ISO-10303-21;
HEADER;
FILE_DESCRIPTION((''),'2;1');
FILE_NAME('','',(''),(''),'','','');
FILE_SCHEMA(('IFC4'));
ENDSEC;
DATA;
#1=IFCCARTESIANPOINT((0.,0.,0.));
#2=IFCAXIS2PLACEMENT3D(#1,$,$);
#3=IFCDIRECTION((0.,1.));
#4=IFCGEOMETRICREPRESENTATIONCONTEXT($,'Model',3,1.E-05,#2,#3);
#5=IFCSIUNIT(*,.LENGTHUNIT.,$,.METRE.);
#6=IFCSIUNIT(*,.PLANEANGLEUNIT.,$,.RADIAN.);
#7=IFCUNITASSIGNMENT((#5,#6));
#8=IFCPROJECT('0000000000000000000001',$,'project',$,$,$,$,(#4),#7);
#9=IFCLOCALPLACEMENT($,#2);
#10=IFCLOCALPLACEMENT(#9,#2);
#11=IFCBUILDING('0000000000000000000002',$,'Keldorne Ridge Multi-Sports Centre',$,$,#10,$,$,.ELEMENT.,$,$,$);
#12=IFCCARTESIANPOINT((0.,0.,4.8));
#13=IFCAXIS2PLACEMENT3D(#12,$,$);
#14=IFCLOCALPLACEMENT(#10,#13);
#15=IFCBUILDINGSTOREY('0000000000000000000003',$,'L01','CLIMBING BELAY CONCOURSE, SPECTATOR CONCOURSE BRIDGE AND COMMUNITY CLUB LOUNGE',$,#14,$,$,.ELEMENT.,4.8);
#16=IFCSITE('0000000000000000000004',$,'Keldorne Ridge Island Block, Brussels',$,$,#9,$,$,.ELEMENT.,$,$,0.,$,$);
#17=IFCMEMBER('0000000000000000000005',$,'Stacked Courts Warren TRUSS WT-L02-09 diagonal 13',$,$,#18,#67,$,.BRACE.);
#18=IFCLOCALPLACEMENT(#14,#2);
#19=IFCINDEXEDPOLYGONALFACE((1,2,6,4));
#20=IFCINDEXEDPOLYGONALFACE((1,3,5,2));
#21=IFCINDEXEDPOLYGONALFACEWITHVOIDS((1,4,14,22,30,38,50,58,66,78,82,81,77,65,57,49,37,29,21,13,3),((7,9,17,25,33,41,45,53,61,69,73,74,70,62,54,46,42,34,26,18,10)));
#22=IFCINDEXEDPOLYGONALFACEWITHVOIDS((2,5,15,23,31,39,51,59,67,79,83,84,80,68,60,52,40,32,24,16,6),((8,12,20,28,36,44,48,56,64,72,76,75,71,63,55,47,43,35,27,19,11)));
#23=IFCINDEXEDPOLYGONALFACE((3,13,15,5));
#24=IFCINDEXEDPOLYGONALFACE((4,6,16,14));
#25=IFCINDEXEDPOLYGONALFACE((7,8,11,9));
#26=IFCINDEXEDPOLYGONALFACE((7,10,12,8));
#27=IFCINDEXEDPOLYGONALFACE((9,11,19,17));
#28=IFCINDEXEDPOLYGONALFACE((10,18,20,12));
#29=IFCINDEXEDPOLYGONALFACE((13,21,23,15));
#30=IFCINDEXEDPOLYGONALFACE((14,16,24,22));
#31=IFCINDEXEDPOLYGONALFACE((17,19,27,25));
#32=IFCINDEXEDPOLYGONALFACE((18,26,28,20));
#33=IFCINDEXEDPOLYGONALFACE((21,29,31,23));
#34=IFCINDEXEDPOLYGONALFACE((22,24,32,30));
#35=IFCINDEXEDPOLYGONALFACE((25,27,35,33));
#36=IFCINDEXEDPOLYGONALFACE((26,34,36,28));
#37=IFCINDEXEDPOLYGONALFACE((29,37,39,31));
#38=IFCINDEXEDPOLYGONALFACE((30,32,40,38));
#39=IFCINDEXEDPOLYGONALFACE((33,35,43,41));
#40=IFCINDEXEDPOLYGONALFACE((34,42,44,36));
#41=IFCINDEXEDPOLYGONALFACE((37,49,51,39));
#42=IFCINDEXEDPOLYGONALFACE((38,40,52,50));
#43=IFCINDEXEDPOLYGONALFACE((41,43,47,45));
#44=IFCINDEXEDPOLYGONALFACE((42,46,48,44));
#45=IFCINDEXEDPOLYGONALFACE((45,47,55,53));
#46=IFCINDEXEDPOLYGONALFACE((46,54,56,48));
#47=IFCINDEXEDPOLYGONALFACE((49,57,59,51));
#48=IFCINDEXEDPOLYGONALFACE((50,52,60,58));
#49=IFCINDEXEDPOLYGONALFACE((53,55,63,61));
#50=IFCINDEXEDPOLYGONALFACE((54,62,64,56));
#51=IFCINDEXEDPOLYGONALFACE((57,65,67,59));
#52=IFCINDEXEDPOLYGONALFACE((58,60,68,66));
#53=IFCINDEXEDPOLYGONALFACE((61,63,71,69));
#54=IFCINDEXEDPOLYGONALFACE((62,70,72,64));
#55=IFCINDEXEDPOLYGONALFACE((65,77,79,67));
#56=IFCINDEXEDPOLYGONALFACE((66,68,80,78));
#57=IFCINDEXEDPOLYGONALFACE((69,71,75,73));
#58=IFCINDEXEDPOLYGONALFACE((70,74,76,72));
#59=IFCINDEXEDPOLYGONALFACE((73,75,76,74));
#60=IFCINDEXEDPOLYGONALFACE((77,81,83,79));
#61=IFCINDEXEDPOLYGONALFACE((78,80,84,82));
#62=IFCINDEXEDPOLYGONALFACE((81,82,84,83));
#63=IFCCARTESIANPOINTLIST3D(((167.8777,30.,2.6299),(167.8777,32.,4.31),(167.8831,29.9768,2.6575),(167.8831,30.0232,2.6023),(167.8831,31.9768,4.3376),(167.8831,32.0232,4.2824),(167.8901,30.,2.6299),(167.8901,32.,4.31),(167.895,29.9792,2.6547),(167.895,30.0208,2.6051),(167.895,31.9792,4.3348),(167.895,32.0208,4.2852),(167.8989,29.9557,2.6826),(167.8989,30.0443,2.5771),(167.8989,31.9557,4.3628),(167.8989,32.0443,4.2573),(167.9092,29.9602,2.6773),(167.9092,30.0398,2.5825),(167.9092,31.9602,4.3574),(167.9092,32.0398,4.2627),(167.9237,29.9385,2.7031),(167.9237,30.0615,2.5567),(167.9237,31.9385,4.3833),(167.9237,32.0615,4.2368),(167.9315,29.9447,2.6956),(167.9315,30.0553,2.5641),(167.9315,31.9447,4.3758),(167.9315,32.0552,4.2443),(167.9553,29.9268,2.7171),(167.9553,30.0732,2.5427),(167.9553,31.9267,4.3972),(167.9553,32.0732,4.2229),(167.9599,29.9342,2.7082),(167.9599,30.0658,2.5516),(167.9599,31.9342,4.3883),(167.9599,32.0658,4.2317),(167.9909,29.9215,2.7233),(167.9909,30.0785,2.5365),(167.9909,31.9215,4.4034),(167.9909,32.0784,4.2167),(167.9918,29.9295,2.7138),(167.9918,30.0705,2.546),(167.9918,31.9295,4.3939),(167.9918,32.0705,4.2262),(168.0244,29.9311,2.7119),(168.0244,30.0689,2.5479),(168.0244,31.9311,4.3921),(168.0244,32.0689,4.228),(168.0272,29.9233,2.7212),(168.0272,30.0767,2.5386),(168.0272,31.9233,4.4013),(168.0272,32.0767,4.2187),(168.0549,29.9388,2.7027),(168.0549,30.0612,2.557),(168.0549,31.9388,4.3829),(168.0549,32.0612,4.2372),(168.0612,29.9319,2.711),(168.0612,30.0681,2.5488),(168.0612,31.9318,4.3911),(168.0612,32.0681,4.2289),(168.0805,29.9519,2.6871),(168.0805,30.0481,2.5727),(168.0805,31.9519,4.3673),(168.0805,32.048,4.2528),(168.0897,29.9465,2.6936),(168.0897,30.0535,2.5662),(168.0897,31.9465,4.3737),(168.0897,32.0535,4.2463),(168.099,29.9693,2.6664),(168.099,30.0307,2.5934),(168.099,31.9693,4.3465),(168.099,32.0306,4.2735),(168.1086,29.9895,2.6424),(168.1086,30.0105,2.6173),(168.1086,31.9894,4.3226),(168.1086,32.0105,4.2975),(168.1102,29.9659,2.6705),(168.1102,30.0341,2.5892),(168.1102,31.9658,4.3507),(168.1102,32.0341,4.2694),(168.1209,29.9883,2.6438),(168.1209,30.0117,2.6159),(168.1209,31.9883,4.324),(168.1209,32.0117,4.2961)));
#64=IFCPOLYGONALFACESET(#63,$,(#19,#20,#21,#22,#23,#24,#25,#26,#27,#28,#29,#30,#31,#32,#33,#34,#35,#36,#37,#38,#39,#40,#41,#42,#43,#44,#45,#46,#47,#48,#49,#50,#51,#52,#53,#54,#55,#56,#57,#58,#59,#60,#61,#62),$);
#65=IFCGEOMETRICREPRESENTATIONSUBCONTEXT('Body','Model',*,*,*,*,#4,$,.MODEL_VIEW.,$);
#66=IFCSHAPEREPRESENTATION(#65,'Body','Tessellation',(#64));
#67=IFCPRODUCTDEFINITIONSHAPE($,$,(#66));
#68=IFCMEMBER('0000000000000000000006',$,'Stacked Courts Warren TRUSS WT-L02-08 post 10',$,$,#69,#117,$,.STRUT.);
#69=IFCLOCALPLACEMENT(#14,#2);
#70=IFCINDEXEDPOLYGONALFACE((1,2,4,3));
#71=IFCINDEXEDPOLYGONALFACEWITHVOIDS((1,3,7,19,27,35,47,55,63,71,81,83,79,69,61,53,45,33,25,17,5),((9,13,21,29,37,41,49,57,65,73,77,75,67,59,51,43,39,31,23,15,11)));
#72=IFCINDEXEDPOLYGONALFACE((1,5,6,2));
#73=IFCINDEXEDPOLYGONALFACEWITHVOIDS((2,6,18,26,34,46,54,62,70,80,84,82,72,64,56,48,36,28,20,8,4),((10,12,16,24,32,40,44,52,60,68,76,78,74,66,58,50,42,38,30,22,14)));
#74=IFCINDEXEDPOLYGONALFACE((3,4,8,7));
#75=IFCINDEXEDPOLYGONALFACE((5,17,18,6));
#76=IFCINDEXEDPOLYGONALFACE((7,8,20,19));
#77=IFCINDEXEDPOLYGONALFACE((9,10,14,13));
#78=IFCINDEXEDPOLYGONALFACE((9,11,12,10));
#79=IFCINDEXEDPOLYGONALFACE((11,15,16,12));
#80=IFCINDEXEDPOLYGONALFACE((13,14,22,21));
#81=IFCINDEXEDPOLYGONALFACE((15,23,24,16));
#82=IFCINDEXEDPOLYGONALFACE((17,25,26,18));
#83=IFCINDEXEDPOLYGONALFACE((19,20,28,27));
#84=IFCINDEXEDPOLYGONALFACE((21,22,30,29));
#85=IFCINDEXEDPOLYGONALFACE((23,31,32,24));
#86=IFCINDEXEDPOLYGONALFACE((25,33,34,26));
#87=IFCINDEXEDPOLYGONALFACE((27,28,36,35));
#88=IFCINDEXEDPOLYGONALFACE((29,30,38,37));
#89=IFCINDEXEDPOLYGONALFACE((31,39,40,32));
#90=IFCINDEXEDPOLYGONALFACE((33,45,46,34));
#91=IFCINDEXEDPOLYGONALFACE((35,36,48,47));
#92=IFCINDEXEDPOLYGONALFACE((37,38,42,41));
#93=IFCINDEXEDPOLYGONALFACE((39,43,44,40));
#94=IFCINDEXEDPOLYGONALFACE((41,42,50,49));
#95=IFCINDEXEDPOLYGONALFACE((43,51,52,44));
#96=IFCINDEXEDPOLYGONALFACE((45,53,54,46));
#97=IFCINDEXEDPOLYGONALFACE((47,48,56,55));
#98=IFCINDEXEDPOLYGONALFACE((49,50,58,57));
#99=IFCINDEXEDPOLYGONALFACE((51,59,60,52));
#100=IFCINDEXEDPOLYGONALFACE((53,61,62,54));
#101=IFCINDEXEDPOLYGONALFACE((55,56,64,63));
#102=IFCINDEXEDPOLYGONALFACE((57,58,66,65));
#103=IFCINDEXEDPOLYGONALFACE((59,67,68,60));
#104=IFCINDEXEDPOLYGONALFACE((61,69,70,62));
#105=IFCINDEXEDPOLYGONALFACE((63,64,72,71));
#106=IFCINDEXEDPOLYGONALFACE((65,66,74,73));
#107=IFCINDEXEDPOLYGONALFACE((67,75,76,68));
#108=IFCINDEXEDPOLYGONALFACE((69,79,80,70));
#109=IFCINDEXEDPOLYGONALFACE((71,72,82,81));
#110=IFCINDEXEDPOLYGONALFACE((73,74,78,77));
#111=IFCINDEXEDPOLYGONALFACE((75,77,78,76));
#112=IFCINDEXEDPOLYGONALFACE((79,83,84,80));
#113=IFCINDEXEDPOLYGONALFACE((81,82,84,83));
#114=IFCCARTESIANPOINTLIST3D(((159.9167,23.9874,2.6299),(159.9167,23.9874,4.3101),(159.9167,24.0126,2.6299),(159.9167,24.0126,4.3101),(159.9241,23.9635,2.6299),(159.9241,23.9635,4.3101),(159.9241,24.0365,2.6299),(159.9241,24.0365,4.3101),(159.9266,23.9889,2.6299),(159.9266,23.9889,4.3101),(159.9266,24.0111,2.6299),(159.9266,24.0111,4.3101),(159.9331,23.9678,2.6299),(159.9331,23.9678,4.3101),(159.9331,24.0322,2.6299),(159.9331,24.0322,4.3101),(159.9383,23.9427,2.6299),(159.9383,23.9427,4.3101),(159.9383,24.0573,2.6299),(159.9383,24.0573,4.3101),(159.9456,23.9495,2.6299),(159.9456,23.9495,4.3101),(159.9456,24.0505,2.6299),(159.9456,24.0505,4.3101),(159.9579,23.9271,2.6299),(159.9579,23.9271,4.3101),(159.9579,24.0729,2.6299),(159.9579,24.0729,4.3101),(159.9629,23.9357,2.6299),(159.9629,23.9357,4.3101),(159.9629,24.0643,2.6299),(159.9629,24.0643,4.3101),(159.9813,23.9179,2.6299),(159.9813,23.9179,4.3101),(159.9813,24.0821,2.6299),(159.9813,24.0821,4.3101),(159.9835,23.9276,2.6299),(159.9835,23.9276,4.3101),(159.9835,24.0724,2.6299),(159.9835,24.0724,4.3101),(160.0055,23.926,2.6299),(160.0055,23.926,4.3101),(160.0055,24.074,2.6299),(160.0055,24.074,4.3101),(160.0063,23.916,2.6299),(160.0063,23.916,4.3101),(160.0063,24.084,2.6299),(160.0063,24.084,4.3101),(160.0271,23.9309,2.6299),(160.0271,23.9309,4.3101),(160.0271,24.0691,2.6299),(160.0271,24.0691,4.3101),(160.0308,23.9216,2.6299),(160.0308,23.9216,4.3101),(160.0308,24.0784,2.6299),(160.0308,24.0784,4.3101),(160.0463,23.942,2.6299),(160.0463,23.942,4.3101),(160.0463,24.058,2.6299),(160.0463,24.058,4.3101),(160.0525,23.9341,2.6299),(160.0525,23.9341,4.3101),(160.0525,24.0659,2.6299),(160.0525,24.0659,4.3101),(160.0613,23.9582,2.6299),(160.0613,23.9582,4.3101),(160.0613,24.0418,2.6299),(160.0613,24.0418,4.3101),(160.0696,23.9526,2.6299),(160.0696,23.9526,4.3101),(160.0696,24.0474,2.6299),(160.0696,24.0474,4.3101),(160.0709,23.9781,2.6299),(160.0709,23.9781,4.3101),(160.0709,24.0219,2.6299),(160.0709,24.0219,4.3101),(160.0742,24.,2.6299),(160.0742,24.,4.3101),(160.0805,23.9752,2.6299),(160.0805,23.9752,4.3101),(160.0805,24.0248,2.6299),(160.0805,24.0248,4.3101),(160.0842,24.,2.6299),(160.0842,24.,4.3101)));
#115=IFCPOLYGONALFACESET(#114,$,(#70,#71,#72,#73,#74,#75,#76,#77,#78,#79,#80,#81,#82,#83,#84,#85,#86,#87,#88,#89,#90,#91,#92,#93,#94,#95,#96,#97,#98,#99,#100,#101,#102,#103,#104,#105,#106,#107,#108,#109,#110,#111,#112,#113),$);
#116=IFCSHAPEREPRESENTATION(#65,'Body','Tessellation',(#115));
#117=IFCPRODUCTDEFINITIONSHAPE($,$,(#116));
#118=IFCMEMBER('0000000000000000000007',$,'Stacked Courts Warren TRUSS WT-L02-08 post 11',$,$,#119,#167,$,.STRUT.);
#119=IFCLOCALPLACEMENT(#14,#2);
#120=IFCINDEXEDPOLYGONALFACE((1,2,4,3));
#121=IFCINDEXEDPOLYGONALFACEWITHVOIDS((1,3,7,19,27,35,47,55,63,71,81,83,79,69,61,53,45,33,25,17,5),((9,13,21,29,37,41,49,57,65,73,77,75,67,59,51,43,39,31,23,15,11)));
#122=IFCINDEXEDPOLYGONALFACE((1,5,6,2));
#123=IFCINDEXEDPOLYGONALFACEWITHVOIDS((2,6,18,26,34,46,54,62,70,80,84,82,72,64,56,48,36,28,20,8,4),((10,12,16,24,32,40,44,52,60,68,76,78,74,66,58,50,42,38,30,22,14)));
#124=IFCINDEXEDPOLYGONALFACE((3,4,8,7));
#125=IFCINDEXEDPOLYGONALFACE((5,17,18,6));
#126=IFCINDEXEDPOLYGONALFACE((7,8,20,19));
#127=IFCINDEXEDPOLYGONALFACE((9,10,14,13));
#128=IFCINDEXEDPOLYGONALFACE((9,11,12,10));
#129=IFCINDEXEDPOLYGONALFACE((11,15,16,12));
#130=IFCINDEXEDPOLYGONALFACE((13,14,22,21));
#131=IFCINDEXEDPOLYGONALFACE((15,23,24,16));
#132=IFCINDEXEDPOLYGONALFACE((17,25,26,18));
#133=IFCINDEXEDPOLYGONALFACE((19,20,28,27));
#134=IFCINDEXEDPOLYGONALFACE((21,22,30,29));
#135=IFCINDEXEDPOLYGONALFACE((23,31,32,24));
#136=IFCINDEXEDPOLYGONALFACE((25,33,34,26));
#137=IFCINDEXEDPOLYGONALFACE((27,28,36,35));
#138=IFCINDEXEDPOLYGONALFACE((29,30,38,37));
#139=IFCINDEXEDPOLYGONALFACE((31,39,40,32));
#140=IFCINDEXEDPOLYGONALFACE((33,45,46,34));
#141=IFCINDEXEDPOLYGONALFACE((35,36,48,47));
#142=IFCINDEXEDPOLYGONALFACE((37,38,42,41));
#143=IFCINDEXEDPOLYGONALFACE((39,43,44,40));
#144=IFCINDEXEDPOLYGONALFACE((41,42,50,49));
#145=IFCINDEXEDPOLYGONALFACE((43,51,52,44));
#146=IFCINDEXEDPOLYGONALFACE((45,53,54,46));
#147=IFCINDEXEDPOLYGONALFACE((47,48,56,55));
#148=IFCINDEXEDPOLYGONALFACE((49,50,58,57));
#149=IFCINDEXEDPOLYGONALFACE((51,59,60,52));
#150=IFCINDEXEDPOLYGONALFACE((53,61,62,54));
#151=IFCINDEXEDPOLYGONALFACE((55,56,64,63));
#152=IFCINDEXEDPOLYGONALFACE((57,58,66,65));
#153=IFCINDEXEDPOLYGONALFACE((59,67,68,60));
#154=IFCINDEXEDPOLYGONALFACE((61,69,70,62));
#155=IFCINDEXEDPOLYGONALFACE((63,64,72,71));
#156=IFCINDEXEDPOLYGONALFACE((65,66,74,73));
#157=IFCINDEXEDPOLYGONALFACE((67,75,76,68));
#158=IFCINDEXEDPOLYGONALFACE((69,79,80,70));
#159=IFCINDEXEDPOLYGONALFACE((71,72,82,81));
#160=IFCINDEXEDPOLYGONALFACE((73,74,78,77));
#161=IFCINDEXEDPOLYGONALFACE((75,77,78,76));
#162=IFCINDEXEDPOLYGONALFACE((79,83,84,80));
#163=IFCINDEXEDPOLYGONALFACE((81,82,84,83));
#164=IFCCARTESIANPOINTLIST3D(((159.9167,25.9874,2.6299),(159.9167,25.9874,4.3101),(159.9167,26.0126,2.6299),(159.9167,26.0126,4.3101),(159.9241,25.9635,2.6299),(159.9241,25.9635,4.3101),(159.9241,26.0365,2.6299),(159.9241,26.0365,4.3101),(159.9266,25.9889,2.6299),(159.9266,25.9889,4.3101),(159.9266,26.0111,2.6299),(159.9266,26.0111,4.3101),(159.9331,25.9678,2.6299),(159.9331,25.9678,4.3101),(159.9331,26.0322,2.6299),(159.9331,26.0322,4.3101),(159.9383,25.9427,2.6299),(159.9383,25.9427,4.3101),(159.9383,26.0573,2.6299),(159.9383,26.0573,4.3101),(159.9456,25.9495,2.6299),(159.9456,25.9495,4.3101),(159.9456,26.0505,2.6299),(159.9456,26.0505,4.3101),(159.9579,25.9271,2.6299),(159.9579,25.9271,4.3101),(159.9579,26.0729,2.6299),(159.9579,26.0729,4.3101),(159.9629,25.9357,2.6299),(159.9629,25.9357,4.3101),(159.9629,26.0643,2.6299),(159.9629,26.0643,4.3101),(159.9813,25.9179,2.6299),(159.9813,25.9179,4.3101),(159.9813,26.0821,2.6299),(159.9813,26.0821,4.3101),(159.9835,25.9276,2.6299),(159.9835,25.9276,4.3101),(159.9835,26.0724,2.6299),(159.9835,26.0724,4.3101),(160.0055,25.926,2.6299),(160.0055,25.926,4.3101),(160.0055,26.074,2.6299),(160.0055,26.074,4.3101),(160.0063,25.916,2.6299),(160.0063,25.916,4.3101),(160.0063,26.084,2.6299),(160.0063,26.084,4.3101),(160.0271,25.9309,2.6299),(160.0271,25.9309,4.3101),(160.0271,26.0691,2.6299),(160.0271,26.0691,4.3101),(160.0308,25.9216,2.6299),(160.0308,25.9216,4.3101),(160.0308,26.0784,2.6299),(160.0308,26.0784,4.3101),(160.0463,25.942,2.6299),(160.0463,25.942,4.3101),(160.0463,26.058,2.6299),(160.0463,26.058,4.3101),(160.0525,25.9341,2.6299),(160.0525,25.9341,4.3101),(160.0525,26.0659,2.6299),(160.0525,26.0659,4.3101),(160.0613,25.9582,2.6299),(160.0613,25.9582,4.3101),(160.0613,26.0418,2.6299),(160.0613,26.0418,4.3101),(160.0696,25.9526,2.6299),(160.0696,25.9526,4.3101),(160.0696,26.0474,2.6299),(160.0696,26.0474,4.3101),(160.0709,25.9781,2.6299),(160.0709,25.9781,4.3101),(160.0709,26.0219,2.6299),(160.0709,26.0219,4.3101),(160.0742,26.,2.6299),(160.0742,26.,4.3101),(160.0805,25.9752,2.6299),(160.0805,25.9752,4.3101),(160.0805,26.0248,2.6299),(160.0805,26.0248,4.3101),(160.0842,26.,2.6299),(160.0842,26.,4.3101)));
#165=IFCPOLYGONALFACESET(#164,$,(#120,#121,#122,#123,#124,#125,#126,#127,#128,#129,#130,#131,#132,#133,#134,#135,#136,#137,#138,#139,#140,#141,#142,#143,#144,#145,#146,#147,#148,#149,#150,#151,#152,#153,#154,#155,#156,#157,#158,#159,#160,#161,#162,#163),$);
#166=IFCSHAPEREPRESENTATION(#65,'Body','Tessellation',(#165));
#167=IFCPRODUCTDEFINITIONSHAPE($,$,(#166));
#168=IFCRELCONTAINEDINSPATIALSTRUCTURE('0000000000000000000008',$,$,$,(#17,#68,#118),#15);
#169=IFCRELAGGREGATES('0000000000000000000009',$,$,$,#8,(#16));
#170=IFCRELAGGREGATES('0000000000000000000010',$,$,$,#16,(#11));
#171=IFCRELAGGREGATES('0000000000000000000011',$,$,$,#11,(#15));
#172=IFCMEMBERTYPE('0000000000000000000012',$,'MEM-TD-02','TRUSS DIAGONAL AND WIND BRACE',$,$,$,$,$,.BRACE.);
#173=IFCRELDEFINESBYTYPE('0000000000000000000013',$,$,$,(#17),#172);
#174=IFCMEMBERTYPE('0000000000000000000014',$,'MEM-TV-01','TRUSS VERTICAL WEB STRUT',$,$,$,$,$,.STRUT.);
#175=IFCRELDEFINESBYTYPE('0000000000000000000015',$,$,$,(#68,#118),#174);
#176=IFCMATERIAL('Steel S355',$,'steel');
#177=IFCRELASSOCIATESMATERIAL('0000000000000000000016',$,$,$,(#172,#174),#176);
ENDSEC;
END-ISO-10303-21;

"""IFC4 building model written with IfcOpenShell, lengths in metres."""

from ifc_helpers import new_model, si_unit, direction, frame, origin, origin_2d, place, context, subcontext, project, spatial, hollow_circle, extrude, material, material_profile, profile_set, type_object, element, save


model = new_model("IFC4")

# Units and contexts
model_context = context("Model", 3, precision=1e-05, world=origin(), true_north=direction((0.0, 1.0)))
body_context = subcontext(model_context, "Body", "Model", "MODEL_VIEW")
ifc_project = project(units=[si_unit("LENGTHUNIT", "METRE"), si_unit("PLANEANGLEUNIT", "RADIAN")], contexts=[model_context])

# Site, building, storey
site_placement = place(None, origin())
site = spatial("IfcSite", under=ifc_project, at=site_placement, Name="Keldorne Ridge Island Block, Brussels", CompositionType="ELEMENT", RefElevation=0.0)
building_placement = place(site_placement, origin())
building = spatial("IfcBuilding", under=site, at=building_placement, Name="Keldorne Ridge Multi-Sports Centre", CompositionType="ELEMENT")
storey_placement = place(building_placement, frame((0.0, 0.0, 4.8)))
storey = spatial("IfcBuildingStorey", under=building, at=storey_placement, Name="L01", Description="CLIMBING BELAY CONCOURSE, SPECTATOR CONCOURSE BRIDGE AND COMMUNITY CLUB LOUNGE", CompositionType="ELEMENT", Elevation=4.8)

# Shared definitions
ifc_material_1 = material(Name="Steel S355", Category="steel")

# Members
ifc_material_profile_1 = material_profile(ifc_material_1, hollow_circle(Radius=0.1223, WallThickness=0.0125, at=origin_2d()), Name="CHS 244.5x12.5")
ifc_profile_set_1 = profile_set([ifc_material_profile_1], Name="Steel S355")
member_type_1 = type_object("IfcMemberType", Name="MEM-TD-02", Description="TRUSS DIAGONAL AND WIND BRACE", PredefinedType="BRACE", material=ifc_profile_set_1)
for number, where, z_axis, x_axis, name in (
    (1, (168.0, 30.0, 2.6299), (0.0, 0.765672, 0.643232), (-1.0, 0.0, 0.0), "Stacked Courts Warren TRUSS WT-L02-09 diagonal 13"),
):
    element("IfcMember", number, at=place(storey_placement, frame(where, z_axis=z_axis, x_axis=x_axis)), inside=storey, type_object=member_type_1, Name=name, PredefinedType="BRACE", context=body_context, shape_type="SweptSolid", body=[
        extrude(hollow_circle(Radius=0.1223, WallThickness=0.0125, at=origin_2d()), origin(), (0.0, 0.0, 1.0), 2.6121),
    ])
ifc_material_profile_2 = material_profile(ifc_material_1, hollow_circle(Radius=0.0842, WallThickness=0.01, at=origin_2d()), Name="CHS 168.3x10")
ifc_profile_set_2 = profile_set([ifc_material_profile_2], Name="Steel S355")
member_type_2 = type_object("IfcMemberType", Name="MEM-TV-01", Description="TRUSS VERTICAL WEB STRUT", PredefinedType="STRUT", material=ifc_profile_set_2)
for number, where, z_axis, x_axis, name in (
    (2, (160.0, 24.0, 2.6299), (0.0, 0.0, 1.0), (1.0, 0.0, 0.0), "Stacked Courts Warren TRUSS WT-L02-08 post 10"),
    (3, (160.0, 26.0, 2.6299), (0.0, 0.0, 1.0), (1.0, 0.0, 0.0), "Stacked Courts Warren TRUSS WT-L02-08 post 11"),
):
    element("IfcMember", number, at=place(storey_placement, frame(where, z_axis=z_axis, x_axis=x_axis)), inside=storey, type_object=member_type_2, Name=name, PredefinedType="STRUT", context=body_context, shape_type="SweptSolid", body=[
        extrude(hollow_circle(Radius=0.0842, WallThickness=0.01, at=origin_2d()), origin(), (0.0, 0.0, 1.0), 1.6802),
    ])

save(model, "model.ifc")
